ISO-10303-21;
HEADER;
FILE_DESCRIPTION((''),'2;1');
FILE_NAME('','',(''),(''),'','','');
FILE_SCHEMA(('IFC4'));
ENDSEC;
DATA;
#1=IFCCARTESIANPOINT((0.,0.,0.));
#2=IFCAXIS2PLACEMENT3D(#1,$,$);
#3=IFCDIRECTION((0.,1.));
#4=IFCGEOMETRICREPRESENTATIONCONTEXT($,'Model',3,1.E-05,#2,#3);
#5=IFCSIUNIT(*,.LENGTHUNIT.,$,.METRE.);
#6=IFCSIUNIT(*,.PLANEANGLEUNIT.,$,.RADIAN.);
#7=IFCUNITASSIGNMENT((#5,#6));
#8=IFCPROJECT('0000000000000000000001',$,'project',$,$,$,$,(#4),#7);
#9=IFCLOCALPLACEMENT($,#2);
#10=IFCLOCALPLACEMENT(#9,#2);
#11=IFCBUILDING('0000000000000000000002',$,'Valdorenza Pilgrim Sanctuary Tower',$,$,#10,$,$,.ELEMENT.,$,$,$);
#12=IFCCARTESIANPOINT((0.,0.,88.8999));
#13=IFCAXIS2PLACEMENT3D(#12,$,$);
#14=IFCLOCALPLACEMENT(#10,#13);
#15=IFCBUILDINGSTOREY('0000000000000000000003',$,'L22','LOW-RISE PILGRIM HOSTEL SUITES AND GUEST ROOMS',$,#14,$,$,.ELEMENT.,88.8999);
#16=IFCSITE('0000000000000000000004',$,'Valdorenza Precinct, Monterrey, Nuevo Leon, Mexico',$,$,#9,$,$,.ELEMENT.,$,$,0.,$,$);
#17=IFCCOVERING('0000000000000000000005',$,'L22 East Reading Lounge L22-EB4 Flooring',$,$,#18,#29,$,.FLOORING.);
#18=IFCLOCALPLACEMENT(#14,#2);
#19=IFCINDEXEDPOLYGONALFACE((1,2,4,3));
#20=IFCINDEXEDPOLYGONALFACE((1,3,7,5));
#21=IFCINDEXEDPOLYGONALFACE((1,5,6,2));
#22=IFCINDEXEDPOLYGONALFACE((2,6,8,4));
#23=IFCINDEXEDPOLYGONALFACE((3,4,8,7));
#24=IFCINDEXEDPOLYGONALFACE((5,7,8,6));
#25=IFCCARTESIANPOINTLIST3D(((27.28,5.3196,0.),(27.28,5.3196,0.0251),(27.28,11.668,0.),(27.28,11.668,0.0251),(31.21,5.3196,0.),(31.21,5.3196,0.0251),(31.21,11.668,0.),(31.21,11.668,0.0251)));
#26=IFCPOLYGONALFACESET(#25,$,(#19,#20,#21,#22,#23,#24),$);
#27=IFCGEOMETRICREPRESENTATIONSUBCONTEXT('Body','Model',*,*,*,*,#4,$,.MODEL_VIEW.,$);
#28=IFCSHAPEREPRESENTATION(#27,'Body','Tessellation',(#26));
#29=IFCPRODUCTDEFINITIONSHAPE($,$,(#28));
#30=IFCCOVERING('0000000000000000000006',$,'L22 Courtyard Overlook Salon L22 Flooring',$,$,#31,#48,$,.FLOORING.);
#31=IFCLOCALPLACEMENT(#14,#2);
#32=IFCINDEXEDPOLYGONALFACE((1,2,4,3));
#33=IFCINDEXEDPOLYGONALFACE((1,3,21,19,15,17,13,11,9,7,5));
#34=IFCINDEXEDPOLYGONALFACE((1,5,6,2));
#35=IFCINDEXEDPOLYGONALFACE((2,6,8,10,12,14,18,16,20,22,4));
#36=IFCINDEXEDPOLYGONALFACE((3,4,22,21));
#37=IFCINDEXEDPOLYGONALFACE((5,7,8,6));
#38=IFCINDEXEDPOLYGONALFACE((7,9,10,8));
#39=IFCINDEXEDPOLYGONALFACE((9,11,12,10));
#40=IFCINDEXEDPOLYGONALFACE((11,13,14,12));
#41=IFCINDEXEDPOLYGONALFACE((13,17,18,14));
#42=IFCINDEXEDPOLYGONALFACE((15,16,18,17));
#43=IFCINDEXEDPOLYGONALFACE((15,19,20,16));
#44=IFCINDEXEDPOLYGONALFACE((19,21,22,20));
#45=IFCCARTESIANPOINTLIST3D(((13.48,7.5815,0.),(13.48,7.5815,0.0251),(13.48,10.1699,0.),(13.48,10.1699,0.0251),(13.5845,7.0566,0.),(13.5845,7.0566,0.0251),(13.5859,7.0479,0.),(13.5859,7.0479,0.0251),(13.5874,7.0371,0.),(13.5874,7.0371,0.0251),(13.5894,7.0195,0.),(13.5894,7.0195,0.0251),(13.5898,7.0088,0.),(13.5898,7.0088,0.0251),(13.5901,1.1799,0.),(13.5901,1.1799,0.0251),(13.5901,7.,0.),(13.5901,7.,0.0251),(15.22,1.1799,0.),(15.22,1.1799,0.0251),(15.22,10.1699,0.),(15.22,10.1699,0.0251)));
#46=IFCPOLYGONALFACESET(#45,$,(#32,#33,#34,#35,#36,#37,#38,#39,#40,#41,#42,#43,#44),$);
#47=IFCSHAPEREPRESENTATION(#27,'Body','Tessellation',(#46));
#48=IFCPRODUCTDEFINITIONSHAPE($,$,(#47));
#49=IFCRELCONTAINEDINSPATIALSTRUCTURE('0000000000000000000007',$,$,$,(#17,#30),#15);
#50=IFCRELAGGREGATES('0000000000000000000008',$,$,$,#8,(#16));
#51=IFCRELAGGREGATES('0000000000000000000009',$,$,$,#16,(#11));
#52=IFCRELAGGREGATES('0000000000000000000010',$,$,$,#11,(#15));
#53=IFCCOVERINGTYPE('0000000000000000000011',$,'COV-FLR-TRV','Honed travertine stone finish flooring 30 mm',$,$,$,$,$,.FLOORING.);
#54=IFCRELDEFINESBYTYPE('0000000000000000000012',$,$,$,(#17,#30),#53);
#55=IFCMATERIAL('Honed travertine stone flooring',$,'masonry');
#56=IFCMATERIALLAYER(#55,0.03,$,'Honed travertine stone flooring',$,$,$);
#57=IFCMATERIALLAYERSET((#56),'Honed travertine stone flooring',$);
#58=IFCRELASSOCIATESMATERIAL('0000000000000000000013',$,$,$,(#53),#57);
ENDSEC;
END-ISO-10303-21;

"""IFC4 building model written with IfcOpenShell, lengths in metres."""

from ifc_helpers import new_model, si_unit, direction, frame, origin, place, context, subcontext, project, spatial, polyline, outline, extrude, material, layer, layer_set, type_object, element, save


model = new_model("IFC4")

# Units and contexts
model_context = context("Model", 3, precision=1e-05, world=origin(), true_north=direction((0.0, 1.0)))
body_context = subcontext(model_context, "Body", "Model", "MODEL_VIEW")
ifc_project = project(units=[si_unit("LENGTHUNIT", "METRE"), si_unit("PLANEANGLEUNIT", "RADIAN")], contexts=[model_context])

# Site, building, storey
site_placement = place(None, origin())
site = spatial("IfcSite", under=ifc_project, at=site_placement, Name="Valdorenza Precinct, Monterrey, Nuevo Leon, Mexico", CompositionType="ELEMENT", RefElevation=0.0)
building_placement = place(site_placement, origin())
building = spatial("IfcBuilding", under=site, at=building_placement, Name="Valdorenza Pilgrim Sanctuary Tower", CompositionType="ELEMENT")
storey_placement = place(building_placement, frame((0.0, 0.0, 88.8999)))
storey = spatial("IfcBuildingStorey", under=building, at=storey_placement, Name="L22", Description="LOW-RISE PILGRIM HOSTEL SUITES AND GUEST ROOMS", CompositionType="ELEMENT", Elevation=88.8999)

# Coverings
ifc_material_1 = material(Name="Honed travertine stone flooring", Category="masonry")
ifc_layer_1 = layer(ifc_material_1, 0.03, Name="Honed travertine stone flooring")
ifc_layer_set_1 = layer_set([ifc_layer_1], Name="Honed travertine stone flooring")
covering_type_1 = type_object("IfcCoveringType", Name="COV-FLR-TRV", Description="Honed travertine stone finish flooring 30 mm", PredefinedType="FLOORING", material=ifc_layer_set_1)
covering_1_placement = place(storey_placement, origin())
element("IfcCovering", 1, at=covering_1_placement, inside=storey, type_object=covering_type_1, Name="L22 East Reading Lounge L22-EB4 Flooring", PredefinedType="FLOORING", context=body_context, shape_type="SweptSolid", body=[
    extrude(outline(polyline([(27.28, 11.668), (31.21, 11.668), (31.21, 5.3196), (27.28, 5.3196), (27.28, 11.668)])), origin(), (0.0, 0.0, 1.0), 0.0251),
])
covering_2_placement = place(storey_placement, origin())
element("IfcCovering", 2, at=covering_2_placement, inside=storey, type_object=covering_type_1, Name="L22 Courtyard Overlook Salon L22 Flooring", PredefinedType="FLOORING", context=body_context, shape_type="SweptSolid", body=[
    extrude(outline(polyline([(15.22, 10.1699), (15.22, 1.1799), (13.5901, 1.1799), (13.5901, 7.0), (13.5898, 7.0088), (13.5894, 7.0195), (13.5874, 7.0371), (13.5859, 7.0479), (13.5845, 7.0566), (13.48, 7.5815), (13.48, 10.1699), (15.22, 10.1699)])), origin(), (0.0, 0.0, 1.0), 0.0251),
])

save(model, "model.ifc")
